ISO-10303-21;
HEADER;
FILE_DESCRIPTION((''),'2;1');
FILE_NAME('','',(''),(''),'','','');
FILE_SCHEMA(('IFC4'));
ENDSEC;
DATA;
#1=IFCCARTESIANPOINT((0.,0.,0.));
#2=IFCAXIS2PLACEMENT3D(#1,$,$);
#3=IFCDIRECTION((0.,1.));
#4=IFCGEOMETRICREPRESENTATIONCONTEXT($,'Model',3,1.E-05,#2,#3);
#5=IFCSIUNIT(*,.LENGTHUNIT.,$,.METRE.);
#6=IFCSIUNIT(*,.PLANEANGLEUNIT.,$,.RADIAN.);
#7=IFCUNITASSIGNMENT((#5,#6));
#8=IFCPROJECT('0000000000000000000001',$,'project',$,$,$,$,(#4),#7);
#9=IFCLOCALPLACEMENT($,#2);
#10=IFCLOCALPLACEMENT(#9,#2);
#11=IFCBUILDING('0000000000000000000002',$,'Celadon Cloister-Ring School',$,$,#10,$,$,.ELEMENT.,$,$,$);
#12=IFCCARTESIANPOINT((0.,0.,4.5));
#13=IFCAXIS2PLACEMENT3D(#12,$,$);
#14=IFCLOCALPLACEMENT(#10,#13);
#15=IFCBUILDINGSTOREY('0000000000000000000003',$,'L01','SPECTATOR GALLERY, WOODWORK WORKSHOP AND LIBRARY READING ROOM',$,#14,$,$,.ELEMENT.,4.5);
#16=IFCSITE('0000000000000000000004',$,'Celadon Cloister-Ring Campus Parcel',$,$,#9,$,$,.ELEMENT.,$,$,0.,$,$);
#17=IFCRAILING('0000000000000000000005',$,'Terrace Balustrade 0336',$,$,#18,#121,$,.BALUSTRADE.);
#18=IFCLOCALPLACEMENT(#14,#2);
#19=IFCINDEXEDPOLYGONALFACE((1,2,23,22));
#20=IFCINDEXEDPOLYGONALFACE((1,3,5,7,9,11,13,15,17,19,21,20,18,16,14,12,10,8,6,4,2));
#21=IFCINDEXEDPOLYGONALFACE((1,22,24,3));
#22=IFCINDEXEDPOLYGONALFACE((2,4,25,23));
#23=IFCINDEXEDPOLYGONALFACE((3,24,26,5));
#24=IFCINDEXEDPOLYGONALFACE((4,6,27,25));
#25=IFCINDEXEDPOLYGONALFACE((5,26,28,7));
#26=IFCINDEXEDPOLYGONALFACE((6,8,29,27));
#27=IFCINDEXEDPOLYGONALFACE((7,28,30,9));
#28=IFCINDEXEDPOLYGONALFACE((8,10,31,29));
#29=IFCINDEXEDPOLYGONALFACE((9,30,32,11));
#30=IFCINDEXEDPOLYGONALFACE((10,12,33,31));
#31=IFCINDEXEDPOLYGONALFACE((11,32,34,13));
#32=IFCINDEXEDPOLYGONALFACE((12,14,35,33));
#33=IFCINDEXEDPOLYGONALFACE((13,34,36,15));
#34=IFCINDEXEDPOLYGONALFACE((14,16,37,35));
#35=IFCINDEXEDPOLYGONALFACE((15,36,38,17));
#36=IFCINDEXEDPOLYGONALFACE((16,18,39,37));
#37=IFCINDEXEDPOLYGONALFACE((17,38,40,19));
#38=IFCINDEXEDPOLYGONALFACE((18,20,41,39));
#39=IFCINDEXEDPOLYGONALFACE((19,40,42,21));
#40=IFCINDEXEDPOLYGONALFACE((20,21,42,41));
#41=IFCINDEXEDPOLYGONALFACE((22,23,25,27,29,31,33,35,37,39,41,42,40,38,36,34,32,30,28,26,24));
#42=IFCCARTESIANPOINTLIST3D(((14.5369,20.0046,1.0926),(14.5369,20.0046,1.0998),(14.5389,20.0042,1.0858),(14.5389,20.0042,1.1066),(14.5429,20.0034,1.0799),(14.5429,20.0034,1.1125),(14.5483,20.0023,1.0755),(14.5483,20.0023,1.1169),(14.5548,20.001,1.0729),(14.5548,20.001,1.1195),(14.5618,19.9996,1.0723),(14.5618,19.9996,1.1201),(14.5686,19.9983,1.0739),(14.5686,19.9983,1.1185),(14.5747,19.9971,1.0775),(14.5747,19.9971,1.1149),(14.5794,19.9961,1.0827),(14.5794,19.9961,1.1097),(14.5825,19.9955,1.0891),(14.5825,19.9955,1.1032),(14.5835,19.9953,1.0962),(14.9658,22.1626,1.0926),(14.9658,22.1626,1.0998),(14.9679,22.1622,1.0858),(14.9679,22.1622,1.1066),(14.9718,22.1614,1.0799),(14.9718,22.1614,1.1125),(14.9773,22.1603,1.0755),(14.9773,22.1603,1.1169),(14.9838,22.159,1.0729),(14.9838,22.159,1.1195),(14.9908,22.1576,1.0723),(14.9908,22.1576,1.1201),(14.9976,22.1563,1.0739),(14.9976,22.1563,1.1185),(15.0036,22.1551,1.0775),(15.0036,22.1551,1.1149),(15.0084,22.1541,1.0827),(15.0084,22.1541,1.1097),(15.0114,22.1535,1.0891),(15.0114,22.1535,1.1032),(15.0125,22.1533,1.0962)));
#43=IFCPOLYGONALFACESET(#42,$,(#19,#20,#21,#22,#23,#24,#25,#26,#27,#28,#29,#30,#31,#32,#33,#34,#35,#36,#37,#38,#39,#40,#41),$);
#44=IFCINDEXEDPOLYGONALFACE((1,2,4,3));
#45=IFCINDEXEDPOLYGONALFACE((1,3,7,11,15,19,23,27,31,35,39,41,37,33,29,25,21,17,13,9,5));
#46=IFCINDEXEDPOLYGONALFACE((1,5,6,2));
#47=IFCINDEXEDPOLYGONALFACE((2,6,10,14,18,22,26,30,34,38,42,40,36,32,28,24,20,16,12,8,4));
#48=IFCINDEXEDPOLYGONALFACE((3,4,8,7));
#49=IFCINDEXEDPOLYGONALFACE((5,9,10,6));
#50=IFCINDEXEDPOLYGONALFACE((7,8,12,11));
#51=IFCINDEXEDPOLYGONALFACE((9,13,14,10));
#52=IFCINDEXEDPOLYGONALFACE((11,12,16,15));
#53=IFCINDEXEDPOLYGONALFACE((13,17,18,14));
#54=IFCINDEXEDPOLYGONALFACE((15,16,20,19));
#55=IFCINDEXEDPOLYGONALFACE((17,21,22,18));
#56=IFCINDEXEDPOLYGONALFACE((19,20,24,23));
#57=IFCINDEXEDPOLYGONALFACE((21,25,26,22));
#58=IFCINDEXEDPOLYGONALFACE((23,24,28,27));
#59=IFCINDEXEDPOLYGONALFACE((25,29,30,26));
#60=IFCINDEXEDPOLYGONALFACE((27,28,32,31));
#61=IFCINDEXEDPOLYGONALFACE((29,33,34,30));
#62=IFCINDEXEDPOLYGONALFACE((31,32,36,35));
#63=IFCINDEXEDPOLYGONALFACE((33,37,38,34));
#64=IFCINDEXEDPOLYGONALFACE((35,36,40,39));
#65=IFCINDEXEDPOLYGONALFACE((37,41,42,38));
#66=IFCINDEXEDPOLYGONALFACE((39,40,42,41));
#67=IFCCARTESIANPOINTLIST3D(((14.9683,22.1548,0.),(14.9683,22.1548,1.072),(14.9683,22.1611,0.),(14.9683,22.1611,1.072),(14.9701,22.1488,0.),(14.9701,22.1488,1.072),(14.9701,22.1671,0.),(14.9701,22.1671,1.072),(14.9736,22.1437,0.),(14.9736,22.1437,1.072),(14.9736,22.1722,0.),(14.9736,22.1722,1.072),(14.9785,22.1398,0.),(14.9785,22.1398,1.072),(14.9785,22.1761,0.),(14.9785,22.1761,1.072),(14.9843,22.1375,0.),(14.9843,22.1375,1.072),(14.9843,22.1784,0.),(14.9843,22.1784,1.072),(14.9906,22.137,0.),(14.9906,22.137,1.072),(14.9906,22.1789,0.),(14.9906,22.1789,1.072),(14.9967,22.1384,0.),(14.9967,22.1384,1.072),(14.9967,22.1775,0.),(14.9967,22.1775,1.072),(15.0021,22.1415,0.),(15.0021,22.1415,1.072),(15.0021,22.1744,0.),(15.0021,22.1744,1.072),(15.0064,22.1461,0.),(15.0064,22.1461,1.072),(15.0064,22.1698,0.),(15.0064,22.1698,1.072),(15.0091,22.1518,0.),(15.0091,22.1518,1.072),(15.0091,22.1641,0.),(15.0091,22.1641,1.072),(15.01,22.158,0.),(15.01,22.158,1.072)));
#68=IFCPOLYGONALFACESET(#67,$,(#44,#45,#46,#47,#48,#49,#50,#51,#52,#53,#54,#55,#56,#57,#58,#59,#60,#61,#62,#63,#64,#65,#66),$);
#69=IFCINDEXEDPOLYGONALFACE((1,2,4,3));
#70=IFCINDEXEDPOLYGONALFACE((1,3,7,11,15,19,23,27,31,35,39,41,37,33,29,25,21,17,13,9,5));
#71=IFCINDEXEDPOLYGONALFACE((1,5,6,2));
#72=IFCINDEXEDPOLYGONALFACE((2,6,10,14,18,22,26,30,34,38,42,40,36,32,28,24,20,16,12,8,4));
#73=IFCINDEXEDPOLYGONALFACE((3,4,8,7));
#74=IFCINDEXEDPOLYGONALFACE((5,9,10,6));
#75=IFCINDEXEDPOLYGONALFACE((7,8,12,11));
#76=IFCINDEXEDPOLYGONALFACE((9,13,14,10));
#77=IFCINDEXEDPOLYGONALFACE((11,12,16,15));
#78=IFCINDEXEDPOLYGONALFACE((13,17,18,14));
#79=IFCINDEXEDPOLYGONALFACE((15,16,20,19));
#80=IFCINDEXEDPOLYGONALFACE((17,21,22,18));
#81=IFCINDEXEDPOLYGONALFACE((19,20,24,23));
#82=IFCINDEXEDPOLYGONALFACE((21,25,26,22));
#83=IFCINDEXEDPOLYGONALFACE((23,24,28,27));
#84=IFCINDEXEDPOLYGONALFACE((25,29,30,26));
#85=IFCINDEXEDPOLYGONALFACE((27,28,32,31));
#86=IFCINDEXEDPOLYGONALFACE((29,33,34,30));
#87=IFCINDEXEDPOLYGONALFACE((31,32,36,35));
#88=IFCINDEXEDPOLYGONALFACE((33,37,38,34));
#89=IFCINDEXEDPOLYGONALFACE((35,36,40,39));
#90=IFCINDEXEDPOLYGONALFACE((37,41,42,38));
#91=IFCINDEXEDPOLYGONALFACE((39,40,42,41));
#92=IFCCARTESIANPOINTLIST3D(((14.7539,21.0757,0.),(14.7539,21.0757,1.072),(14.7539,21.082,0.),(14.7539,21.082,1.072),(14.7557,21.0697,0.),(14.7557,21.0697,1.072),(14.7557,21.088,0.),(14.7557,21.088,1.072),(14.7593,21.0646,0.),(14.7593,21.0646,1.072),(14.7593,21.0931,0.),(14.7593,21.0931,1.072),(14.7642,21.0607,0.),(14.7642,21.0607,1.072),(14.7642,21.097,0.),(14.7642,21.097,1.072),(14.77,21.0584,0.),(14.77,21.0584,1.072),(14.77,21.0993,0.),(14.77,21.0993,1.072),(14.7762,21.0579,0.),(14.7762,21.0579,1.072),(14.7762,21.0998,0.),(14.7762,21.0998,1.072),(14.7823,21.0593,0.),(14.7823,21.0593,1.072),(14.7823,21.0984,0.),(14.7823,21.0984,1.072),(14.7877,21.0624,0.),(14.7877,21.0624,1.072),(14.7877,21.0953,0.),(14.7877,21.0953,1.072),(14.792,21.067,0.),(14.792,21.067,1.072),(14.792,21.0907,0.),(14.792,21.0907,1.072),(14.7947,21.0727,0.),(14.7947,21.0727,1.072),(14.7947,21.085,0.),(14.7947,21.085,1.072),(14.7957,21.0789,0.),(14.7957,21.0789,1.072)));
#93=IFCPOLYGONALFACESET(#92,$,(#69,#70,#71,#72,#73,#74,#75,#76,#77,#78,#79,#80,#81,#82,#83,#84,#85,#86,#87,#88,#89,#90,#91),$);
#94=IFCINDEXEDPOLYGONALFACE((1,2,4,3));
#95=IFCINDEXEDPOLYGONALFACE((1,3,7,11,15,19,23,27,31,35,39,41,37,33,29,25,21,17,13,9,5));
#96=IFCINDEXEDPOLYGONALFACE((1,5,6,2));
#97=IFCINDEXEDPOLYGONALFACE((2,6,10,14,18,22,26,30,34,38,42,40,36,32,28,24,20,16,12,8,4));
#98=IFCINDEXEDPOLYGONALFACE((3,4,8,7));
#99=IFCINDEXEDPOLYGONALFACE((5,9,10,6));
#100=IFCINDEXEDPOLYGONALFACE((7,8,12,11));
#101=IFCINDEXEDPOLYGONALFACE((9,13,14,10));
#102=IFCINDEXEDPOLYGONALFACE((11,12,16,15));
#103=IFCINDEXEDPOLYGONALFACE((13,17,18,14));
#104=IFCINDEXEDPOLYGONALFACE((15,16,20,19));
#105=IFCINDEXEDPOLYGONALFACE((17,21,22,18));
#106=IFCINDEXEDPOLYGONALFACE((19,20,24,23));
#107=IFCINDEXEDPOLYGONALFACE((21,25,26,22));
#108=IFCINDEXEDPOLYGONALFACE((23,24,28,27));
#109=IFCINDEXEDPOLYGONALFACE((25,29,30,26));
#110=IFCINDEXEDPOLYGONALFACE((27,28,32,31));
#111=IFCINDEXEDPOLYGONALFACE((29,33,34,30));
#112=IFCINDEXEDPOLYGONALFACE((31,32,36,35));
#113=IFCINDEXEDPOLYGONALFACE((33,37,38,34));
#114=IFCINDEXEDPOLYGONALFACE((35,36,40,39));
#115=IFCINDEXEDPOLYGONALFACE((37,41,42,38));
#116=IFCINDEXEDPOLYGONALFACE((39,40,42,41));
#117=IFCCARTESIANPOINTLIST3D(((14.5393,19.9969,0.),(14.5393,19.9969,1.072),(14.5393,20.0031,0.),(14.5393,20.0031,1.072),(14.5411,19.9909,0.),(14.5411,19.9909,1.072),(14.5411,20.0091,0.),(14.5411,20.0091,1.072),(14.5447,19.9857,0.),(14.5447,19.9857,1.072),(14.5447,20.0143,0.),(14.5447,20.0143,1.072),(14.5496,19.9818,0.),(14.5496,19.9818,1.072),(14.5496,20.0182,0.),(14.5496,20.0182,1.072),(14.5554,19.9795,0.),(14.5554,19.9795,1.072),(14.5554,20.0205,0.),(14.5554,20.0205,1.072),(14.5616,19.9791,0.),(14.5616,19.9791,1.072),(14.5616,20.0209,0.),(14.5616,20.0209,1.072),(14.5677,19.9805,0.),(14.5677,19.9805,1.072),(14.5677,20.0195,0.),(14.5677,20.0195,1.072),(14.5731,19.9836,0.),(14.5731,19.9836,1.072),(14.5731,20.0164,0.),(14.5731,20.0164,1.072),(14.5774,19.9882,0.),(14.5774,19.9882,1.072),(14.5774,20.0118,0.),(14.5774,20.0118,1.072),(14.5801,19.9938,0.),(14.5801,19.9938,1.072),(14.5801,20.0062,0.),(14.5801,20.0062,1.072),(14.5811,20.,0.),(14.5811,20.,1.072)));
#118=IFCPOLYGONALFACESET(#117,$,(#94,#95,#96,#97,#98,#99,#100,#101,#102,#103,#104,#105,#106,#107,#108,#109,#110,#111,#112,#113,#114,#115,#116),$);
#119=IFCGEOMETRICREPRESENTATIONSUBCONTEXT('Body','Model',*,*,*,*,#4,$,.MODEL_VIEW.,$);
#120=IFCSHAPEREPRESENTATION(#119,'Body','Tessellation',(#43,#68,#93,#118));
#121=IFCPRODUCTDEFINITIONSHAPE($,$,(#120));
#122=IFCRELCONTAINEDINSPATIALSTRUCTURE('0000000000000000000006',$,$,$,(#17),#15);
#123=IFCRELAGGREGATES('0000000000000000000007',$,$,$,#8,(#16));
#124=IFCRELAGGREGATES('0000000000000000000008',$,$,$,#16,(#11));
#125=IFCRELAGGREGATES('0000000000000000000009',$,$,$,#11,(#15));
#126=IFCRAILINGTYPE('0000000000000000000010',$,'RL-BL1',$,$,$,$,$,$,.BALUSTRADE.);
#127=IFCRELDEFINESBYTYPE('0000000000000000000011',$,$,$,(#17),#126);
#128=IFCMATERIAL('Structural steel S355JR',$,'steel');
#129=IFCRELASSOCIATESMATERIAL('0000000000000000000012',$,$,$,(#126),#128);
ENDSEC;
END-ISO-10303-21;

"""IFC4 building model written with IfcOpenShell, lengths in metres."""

from ifc_helpers import new_model, si_unit, direction, frame, origin, origin_2d, place, context, subcontext, project, spatial, circle, extrude, material, type_object, element, save


model = new_model("IFC4")

# Units and contexts
model_context = context("Model", 3, precision=1e-05, world=origin(), true_north=direction((0.0, 1.0)))
body_context = subcontext(model_context, "Body", "Model", "MODEL_VIEW")
ifc_project = project(units=[si_unit("LENGTHUNIT", "METRE"), si_unit("PLANEANGLEUNIT", "RADIAN")], contexts=[model_context])

# Site, building, storey
site_placement = place(None, origin())
site = spatial("IfcSite", under=ifc_project, at=site_placement, Name="Celadon Cloister-Ring Campus Parcel", CompositionType="ELEMENT", RefElevation=0.0)
building_placement = place(site_placement, origin())
building = spatial("IfcBuilding", under=site, at=building_placement, Name="Celadon Cloister-Ring School", CompositionType="ELEMENT")
storey_placement = place(building_placement, frame((0.0, 0.0, 4.5)))
storey = spatial("IfcBuildingStorey", under=building, at=storey_placement, Name="L01", Description="SPECTATOR GALLERY, WOODWORK WORKSHOP AND LIBRARY READING ROOM", CompositionType="ELEMENT", Elevation=4.5)

# Railing
ifc_material_1 = material(Name="Structural steel S355JR", Category="steel")
railing_type = type_object("IfcRailingType", Name="RL-BL1", PredefinedType="BALUSTRADE", material=ifc_material_1)
railing_1_placement = place(storey_placement, frame((14.989, 22.158, 0.0)))
element("IfcRailing", 1, at=railing_1_placement, inside=storey, type_object=railing_type, Name="Terrace Balustrade 0336", PredefinedType="BALUSTRADE", context=body_context, shape_type="SweptSolid", body=[
    extrude(circle(Radius=0.0239, at=origin_2d()), frame((0.0, 0.0, 1.0962), z_axis=(-0.194964, -0.98081, 0.0), x_axis=(0.98081, -0.194964, 0.0)), (0.0, 0.0, 1.0), 2.2002),
    extrude(circle(Radius=0.021, at=origin_2d()), origin(), (0.0, 0.0, 1.0), 1.072),
    extrude(circle(Radius=0.021, at=origin_2d()), frame((-0.2144, -1.0791, 0.0)), (0.0, 0.0, 1.0), 1.072),
    extrude(circle(Radius=0.021, at=origin_2d()), frame((-0.429, -2.158, 0.0)), (0.0, 0.0, 1.0), 1.072),
])

save(model, "model.ifc")
